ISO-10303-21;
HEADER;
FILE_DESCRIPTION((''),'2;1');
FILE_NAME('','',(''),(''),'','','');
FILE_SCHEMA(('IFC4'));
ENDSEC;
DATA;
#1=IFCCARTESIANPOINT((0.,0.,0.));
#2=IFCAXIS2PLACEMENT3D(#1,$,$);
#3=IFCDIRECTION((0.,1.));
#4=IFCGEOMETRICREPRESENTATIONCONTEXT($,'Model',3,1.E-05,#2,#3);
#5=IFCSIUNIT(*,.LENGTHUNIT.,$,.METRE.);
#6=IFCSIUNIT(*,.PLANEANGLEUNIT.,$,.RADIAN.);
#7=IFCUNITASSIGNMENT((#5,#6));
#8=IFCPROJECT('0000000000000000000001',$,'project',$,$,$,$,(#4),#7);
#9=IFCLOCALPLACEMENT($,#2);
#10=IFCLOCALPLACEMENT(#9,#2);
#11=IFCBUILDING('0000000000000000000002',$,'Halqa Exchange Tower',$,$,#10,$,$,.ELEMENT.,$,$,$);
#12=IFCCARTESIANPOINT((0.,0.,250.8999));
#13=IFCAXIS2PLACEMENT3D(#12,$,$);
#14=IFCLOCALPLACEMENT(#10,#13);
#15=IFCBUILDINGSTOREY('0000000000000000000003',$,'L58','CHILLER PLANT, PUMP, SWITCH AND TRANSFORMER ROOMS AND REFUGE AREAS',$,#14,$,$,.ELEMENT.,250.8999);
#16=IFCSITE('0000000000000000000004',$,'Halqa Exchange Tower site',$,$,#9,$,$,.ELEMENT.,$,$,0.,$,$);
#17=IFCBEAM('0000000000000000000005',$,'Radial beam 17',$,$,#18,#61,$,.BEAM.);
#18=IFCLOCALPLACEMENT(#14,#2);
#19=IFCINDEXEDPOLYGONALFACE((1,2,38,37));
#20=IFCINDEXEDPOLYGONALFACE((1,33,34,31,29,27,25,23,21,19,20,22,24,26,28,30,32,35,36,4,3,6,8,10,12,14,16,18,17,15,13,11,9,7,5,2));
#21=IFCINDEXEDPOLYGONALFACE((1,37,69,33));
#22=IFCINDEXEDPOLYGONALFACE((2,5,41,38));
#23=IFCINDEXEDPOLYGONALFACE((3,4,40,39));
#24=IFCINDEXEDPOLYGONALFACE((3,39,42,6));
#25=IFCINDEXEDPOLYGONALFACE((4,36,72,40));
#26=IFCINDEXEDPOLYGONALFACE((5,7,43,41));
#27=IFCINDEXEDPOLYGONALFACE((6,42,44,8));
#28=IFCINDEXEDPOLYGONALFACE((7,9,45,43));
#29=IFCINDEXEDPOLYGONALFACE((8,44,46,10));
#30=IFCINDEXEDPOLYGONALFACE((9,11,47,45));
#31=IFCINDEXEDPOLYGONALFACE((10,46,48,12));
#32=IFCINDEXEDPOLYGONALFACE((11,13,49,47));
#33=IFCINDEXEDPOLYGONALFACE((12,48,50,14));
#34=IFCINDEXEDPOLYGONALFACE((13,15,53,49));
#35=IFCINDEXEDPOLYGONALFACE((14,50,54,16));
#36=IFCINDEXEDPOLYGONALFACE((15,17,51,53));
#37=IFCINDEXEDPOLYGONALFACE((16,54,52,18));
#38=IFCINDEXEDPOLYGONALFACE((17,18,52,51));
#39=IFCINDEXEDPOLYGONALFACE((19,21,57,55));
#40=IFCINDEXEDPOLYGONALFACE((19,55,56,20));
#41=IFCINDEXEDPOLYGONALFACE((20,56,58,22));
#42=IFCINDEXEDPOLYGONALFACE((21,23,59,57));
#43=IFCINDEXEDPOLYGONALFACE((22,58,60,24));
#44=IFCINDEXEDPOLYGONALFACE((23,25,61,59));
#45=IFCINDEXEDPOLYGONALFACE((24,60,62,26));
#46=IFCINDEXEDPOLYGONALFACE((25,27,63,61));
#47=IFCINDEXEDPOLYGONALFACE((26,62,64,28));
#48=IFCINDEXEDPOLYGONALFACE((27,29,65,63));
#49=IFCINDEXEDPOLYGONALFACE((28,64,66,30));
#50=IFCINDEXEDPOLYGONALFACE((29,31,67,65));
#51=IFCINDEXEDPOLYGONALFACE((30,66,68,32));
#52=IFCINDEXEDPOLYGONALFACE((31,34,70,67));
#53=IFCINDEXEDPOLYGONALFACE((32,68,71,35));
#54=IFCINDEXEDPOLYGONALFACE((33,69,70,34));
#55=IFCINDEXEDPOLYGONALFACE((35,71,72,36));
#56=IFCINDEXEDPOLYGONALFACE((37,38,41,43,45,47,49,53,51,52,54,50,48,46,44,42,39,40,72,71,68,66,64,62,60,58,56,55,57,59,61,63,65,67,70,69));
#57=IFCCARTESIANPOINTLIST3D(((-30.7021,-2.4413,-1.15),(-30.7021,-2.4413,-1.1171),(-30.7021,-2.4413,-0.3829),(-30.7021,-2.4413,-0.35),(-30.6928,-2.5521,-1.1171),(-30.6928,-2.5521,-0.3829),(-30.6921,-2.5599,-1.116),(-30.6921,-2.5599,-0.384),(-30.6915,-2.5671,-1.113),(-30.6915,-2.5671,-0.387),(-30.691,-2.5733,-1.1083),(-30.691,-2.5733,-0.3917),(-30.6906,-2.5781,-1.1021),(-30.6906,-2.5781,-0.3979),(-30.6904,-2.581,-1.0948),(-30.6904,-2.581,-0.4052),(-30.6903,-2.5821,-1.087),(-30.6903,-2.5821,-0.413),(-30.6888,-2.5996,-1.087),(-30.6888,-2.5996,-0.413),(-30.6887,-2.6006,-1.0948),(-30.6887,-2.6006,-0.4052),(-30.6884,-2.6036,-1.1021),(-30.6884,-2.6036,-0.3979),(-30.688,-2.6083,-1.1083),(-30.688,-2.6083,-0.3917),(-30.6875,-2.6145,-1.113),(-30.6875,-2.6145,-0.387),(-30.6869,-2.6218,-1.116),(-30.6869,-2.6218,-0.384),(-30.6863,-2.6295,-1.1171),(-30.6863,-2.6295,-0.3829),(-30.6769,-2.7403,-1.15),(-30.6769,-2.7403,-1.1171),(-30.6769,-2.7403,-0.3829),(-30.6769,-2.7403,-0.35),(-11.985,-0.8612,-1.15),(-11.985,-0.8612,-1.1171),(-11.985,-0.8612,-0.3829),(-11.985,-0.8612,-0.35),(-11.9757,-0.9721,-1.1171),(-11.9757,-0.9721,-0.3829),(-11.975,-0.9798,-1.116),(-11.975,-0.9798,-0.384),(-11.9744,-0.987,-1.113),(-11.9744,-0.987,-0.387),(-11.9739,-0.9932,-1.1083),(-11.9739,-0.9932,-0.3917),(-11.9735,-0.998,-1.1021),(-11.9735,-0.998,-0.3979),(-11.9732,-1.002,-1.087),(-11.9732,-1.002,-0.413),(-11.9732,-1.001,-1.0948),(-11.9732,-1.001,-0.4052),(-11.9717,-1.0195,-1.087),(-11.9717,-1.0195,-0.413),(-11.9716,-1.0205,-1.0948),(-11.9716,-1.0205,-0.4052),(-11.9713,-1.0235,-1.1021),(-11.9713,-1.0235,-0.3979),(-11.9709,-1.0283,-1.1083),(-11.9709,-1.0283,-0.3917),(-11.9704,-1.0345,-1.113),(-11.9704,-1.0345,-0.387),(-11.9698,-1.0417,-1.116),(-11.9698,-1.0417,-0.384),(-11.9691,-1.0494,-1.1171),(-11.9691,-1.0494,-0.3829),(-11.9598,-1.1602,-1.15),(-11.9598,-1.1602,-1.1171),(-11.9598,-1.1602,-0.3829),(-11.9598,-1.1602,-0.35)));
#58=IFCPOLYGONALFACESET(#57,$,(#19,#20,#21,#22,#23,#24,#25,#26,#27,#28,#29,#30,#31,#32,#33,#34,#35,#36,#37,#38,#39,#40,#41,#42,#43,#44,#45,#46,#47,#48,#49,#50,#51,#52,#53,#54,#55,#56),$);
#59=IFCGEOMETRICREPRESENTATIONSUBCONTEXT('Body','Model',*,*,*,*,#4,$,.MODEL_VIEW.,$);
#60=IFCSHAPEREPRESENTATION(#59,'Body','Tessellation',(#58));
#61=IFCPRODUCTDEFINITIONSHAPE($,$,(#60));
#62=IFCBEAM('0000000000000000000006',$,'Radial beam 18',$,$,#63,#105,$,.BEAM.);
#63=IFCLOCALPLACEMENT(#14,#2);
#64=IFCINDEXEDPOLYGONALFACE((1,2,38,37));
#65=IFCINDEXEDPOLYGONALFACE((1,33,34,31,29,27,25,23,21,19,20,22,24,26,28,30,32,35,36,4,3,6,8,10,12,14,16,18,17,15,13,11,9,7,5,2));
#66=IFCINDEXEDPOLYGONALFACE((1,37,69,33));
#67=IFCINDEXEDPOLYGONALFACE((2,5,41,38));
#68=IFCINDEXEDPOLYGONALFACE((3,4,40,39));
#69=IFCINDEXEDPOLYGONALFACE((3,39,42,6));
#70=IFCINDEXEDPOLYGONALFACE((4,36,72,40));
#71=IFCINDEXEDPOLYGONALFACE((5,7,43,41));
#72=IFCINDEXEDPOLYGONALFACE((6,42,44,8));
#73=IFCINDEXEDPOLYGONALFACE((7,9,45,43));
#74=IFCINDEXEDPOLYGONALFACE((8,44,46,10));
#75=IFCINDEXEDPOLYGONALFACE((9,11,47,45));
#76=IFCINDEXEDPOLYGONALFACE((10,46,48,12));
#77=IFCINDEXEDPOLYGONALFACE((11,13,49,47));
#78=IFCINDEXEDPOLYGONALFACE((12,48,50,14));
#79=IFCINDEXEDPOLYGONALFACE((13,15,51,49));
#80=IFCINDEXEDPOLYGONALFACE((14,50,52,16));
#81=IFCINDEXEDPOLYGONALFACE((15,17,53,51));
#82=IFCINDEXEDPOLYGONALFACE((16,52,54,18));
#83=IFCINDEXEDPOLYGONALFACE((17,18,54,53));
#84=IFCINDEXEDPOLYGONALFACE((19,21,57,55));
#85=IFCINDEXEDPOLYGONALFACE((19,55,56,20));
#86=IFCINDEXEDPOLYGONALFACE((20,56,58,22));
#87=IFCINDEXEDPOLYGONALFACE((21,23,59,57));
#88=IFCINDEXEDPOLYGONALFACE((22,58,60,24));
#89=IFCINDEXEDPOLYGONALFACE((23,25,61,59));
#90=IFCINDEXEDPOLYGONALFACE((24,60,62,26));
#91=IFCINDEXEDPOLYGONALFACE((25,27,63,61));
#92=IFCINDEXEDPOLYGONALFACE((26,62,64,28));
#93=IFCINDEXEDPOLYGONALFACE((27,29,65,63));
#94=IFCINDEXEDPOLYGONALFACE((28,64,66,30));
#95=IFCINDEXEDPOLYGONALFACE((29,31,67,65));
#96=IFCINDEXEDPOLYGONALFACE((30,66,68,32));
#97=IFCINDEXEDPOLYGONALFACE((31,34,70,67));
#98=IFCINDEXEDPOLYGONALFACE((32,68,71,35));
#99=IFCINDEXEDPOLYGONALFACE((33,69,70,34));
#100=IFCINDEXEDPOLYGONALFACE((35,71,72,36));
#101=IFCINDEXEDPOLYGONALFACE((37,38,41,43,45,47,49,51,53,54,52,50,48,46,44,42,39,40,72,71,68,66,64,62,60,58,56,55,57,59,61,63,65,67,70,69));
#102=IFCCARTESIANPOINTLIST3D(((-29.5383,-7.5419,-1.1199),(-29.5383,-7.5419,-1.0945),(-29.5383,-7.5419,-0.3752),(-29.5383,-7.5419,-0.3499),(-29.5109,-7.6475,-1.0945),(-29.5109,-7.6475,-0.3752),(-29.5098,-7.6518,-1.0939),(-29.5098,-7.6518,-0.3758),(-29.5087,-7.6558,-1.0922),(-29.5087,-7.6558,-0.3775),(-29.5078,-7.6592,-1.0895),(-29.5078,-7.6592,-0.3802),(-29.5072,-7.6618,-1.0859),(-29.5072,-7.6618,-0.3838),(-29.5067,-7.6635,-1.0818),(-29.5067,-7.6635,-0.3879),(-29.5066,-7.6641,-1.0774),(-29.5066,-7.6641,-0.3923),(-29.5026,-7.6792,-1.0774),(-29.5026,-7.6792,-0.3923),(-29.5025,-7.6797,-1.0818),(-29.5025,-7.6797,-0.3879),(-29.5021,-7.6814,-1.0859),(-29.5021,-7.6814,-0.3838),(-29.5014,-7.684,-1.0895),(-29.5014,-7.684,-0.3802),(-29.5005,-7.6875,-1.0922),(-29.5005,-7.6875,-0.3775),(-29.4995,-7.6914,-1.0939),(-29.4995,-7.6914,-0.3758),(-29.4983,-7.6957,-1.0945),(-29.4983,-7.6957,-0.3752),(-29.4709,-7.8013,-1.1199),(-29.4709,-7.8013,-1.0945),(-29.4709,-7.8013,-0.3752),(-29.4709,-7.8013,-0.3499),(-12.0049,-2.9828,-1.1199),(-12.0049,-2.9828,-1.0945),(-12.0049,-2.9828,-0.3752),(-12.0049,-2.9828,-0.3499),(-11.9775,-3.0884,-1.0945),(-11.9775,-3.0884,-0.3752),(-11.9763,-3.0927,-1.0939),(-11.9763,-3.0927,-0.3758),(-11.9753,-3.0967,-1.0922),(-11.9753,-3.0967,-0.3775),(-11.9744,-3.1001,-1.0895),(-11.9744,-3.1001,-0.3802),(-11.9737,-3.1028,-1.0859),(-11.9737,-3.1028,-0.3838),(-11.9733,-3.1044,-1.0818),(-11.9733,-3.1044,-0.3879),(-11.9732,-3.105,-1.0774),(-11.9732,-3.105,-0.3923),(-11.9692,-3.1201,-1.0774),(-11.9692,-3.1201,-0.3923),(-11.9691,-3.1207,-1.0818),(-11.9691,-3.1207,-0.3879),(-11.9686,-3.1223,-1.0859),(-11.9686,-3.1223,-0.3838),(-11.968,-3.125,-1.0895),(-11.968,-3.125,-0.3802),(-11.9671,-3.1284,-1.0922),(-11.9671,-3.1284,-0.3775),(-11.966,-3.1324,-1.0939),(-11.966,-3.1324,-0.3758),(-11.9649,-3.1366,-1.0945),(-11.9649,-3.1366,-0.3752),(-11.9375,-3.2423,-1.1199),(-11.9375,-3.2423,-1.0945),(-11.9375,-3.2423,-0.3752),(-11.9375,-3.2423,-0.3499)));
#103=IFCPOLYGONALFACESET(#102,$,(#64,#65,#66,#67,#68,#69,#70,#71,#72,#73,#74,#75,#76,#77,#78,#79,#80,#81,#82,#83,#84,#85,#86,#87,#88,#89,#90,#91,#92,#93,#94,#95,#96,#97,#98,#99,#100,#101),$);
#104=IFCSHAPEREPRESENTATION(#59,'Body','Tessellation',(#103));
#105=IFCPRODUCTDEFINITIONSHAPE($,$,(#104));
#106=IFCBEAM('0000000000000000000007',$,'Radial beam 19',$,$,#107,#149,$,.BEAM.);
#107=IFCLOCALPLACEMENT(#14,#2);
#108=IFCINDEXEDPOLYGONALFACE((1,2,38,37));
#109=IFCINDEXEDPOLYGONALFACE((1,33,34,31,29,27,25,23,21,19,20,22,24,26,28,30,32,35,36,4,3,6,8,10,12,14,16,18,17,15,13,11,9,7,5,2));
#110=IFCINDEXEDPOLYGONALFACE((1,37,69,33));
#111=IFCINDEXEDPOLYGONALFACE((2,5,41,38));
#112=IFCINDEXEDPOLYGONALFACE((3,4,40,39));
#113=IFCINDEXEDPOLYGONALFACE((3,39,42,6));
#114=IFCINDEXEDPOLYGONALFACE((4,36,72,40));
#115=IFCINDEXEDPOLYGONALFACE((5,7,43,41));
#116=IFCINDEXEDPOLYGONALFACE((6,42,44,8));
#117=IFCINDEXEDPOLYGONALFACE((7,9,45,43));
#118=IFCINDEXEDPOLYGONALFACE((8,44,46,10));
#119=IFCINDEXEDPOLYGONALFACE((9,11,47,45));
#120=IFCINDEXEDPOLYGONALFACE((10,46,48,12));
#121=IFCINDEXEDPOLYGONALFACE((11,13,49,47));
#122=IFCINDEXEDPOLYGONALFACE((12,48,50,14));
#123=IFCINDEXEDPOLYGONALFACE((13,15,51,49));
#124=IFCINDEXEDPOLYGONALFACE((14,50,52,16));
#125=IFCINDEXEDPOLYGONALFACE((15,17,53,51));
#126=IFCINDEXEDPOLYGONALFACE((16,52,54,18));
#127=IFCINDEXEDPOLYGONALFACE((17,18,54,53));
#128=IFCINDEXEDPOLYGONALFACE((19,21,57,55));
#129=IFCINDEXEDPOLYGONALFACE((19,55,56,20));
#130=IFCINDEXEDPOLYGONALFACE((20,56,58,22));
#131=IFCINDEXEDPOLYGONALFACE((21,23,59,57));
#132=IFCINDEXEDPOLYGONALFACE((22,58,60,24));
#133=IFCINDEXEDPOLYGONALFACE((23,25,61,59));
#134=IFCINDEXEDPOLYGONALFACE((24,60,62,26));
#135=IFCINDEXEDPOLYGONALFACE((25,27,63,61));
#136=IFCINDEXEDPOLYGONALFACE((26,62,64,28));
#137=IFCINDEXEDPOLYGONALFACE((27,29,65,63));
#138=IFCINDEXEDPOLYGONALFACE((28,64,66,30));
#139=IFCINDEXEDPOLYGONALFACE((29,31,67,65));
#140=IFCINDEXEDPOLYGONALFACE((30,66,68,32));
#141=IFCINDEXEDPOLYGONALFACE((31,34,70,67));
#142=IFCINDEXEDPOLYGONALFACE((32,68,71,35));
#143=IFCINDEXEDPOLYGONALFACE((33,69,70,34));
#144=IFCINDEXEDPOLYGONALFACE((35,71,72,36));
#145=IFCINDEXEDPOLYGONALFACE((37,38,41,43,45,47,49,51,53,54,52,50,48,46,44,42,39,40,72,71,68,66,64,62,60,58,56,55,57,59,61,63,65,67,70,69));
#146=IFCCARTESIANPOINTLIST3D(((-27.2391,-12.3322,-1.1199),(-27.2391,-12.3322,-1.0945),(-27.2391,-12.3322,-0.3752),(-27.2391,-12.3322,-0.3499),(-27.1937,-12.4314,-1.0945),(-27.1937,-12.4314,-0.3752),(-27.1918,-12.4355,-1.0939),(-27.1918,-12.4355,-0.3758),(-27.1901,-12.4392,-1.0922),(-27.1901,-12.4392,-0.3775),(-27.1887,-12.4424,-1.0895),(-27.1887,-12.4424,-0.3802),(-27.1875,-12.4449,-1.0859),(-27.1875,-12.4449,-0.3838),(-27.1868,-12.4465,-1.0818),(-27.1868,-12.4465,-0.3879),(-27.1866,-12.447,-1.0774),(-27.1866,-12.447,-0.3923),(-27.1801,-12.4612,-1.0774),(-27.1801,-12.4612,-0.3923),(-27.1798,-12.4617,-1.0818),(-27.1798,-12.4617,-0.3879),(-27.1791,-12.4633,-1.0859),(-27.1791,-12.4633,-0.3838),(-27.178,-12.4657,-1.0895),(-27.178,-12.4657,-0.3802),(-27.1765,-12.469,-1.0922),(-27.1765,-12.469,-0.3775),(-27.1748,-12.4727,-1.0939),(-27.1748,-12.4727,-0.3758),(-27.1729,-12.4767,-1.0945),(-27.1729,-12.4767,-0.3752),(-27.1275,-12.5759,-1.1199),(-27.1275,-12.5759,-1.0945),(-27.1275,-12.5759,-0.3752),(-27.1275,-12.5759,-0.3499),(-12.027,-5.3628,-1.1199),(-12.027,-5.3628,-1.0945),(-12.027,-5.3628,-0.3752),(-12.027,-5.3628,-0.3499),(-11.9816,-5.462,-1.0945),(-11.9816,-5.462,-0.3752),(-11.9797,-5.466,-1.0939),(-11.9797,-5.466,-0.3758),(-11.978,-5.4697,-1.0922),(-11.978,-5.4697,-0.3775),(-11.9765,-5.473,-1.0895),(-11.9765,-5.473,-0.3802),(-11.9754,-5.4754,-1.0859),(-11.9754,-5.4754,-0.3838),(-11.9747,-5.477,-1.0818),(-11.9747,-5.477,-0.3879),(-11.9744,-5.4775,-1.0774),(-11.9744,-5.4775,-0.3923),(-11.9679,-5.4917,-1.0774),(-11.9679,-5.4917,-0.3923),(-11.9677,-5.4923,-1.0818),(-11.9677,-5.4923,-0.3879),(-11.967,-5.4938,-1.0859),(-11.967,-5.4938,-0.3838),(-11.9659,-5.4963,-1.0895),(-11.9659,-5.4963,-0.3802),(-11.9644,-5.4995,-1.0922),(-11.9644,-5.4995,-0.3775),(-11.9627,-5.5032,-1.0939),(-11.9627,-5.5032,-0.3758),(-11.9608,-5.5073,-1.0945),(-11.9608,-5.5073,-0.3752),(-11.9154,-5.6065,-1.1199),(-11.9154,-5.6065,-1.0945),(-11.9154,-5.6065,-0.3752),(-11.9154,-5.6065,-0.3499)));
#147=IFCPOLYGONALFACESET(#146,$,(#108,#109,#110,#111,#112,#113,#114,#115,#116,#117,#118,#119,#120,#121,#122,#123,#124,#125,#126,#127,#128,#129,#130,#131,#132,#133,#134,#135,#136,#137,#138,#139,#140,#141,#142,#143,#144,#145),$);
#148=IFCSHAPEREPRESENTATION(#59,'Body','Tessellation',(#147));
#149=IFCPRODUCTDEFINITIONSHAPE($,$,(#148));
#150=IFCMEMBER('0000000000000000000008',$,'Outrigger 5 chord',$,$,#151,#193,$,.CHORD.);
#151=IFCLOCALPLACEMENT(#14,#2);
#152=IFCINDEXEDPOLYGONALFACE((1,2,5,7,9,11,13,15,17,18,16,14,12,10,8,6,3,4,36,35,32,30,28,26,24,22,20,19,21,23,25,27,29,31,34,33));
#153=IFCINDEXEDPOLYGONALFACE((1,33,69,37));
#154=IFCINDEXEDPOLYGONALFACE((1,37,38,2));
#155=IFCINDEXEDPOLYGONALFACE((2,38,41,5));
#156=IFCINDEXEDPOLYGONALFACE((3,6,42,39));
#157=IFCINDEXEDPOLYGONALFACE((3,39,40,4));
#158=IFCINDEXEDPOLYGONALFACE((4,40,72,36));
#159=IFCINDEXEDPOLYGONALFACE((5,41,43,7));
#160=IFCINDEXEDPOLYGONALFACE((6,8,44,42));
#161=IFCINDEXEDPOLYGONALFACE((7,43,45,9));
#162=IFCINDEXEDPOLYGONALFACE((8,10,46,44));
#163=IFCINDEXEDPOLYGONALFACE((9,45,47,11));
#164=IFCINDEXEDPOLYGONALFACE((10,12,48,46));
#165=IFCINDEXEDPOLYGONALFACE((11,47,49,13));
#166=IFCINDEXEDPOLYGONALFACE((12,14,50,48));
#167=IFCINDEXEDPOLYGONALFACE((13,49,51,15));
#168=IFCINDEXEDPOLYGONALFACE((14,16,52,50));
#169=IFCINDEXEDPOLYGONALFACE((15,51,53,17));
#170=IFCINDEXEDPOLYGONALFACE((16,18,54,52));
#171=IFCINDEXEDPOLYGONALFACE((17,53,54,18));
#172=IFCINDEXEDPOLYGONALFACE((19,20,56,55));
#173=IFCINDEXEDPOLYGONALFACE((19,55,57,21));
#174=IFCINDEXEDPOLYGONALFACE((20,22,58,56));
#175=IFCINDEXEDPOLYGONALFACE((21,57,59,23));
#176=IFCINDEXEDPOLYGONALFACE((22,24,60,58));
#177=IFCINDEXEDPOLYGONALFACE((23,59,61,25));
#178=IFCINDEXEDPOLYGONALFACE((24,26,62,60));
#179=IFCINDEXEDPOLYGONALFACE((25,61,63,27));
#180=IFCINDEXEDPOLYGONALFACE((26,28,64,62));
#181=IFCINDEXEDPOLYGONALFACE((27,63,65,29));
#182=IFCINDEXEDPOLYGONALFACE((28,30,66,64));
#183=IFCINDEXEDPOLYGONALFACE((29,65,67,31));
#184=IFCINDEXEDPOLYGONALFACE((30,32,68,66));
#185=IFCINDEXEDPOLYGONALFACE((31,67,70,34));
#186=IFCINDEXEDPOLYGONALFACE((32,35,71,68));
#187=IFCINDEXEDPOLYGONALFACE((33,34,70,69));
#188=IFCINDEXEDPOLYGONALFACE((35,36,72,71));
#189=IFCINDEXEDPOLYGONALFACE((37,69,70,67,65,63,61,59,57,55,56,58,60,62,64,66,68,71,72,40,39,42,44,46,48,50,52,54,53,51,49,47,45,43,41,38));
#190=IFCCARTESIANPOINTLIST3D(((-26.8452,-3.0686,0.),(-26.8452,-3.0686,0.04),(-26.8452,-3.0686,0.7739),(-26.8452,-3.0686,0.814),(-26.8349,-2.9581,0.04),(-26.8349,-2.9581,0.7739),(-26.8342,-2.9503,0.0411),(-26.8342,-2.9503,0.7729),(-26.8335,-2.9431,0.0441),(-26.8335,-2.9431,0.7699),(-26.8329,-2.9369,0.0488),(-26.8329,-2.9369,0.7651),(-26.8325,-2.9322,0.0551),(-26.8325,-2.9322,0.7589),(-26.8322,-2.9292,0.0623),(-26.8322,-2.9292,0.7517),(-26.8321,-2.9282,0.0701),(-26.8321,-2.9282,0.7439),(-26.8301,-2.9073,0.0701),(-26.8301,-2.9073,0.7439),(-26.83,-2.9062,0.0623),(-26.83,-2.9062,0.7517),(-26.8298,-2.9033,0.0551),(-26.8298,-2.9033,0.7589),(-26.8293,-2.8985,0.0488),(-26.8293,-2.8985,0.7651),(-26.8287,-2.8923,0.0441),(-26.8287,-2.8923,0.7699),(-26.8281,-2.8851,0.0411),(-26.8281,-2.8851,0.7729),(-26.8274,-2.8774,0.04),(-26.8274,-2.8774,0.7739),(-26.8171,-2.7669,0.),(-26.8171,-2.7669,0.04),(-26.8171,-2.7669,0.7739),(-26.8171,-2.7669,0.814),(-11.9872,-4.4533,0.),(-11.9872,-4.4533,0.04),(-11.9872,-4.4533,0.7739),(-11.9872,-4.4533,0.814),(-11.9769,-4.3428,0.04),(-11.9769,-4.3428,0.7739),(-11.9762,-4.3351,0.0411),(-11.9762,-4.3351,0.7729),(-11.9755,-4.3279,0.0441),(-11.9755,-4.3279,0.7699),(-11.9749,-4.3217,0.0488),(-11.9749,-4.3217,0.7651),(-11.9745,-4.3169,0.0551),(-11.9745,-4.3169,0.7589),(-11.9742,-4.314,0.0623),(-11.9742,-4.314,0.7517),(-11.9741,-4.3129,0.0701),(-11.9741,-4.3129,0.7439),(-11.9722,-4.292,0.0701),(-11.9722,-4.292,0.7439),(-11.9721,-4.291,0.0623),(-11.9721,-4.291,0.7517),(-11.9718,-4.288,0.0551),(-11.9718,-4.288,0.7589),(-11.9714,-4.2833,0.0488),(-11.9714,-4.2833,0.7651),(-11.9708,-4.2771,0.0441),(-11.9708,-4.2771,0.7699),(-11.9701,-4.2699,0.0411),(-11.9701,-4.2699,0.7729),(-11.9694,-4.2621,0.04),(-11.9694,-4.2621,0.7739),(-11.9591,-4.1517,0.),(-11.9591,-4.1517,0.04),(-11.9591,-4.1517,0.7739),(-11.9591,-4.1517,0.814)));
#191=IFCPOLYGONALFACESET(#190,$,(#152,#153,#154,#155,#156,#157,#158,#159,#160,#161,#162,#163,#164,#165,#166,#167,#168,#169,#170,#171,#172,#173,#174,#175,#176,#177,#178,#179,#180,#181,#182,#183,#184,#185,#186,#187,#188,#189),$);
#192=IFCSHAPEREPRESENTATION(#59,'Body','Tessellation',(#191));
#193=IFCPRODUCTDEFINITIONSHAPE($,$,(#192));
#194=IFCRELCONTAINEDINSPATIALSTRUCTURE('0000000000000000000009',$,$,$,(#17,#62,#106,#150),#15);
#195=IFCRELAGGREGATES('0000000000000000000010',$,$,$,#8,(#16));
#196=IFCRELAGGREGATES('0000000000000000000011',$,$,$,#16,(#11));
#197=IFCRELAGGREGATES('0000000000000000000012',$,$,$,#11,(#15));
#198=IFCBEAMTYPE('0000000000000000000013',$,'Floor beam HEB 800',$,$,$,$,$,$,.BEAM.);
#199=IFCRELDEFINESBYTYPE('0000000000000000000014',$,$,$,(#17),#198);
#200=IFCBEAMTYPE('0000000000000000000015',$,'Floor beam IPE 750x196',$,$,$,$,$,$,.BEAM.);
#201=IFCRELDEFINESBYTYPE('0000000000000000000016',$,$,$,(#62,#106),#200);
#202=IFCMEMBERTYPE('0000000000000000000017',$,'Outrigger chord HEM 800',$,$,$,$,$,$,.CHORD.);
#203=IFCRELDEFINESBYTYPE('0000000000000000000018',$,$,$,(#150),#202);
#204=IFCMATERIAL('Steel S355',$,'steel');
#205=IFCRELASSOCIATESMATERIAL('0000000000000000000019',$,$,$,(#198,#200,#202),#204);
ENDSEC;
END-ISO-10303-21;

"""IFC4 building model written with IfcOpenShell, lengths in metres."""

from ifc_helpers import new_model, si_unit, direction, frame, origin, origin_2d, place, context, subcontext, project, spatial, i_section, extrude, material, material_profile, profile_set, type_object, element, save


model = new_model("IFC4")

# Units and contexts
model_context = context("Model", 3, precision=1e-05, world=origin(), true_north=direction((0.0, 1.0)))
body_context = subcontext(model_context, "Body", "Model", "MODEL_VIEW")
ifc_project = project(units=[si_unit("LENGTHUNIT", "METRE"), si_unit("PLANEANGLEUNIT", "RADIAN")], contexts=[model_context])

# Site, building, storey
site_placement = place(None, origin())
site = spatial("IfcSite", under=ifc_project, at=site_placement, Name="Halqa Exchange Tower site", CompositionType="ELEMENT", RefElevation=0.0)
building_placement = place(site_placement, origin())
building = spatial("IfcBuilding", under=site, at=building_placement, Name="Halqa Exchange Tower", CompositionType="ELEMENT")
storey_placement = place(building_placement, frame((0.0, 0.0, 250.8999)))
storey = spatial("IfcBuildingStorey", under=building, at=storey_placement, Name="L58", Description="CHILLER PLANT, PUMP, SWITCH AND TRANSFORMER ROOMS AND REFUGE AREAS", CompositionType="ELEMENT", Elevation=250.8999)

# Beams
ifc_material_1 = material(Name="Steel S355", Category="steel")
ifc_material_profile_1 = material_profile(ifc_material_1, i_section(OverallWidth=0.3, OverallDepth=0.8, WebThickness=0.0176, FlangeThickness=0.033, FilletRadius=0.03, at=origin_2d()), Name="HEB 800")
ifc_profile_set_1 = profile_set([ifc_material_profile_1], Name="Steel S355")
beam_type_1 = type_object("IfcBeamType", Name="Floor beam HEB 800", PredefinedType="BEAM", material=ifc_profile_set_1)
beam_1_placement = place(storey_placement, frame((-11.9724, -1.0107, -0.75), z_axis=(-0.996456, -0.08412, 0.0), x_axis=(0.08412, -0.996456, 0.0)))
element("IfcBeam", 1, at=beam_1_placement, inside=storey, type_object=beam_type_1, Name="Radial beam 17", PredefinedType="BEAM", context=body_context, shape_type="SweptSolid", body=[
    extrude(i_section(OverallWidth=0.3, OverallDepth=0.8, WebThickness=0.0176, FlangeThickness=0.033, FilletRadius=0.03, at=origin_2d()), origin(), (0.0, 0.0, 1.0), 18.7837),
])
ifc_material_profile_2 = material_profile(ifc_material_1, i_section(OverallWidth=0.2681, OverallDepth=0.77, WebThickness=0.0156, FlangeThickness=0.0254, FilletRadius=0.0171, at=origin_2d()), Name="IPE 750x196")
ifc_profile_set_2 = profile_set([ifc_material_profile_2], Name="Steel S355")
beam_type_2 = type_object("IfcBeamType", Name="Floor beam IPE 750x196", PredefinedType="BEAM", material=ifc_profile_set_2)
beam_2_placement = place(storey_placement, frame((-11.9712, -3.1125, -0.7349), z_axis=(-0.967817, -0.251654, 0.0), x_axis=(0.251654, -0.967817, 0.0)))
element("IfcBeam", 2, at=beam_2_placement, inside=storey, type_object=beam_type_2, Name="Radial beam 18", PredefinedType="BEAM", context=body_context, shape_type="SweptSolid", body=[
    extrude(i_section(OverallWidth=0.2681, OverallDepth=0.77, WebThickness=0.0156, FlangeThickness=0.0254, FilletRadius=0.0171, at=origin_2d()), origin(), (0.0, 0.0, 1.0), 18.1165),
])
beam_3_placement = place(storey_placement, frame((-11.9712, -5.4846, -0.7349), z_axis=(-0.909127, -0.416519, 0.0), x_axis=(0.416519, -0.909127, 0.0)))
element("IfcBeam", 3, at=beam_3_placement, inside=storey, type_object=beam_type_2, Name="Radial beam 19", PredefinedType="BEAM", context=body_context, shape_type="SweptSolid", body=[
    extrude(i_section(OverallWidth=0.2681, OverallDepth=0.77, WebThickness=0.0156, FlangeThickness=0.0254, FilletRadius=0.0171, at=origin_2d()), origin(), (0.0, 0.0, 1.0), 16.7327),
])

# Member
ifc_material_profile_3 = material_profile(ifc_material_1, i_section(OverallWidth=0.303, OverallDepth=0.814, WebThickness=0.021, FlangeThickness=0.04, FilletRadius=0.03, at=origin_2d()), Name="HEM 800")
ifc_profile_set_3 = profile_set([ifc_material_profile_3], Name="Steel S355")
member_type_1 = type_object("IfcMemberType", Name="Outrigger chord HEM 800", PredefinedType="CHORD", material=ifc_profile_set_3)
member_1_placement = place(storey_placement, frame((-11.9731, -4.3025, 0.407), z_axis=(-0.995685, 0.092798, 0.0), x_axis=(-0.092798, -0.995685, 0.0)))
element("IfcMember", 4, at=member_1_placement, inside=storey, type_object=member_type_1, Name="Outrigger 5 chord", PredefinedType="CHORD", context=body_context, shape_type="SweptSolid", body=[
    extrude(i_section(OverallWidth=0.303, OverallDepth=0.814, WebThickness=0.021, FlangeThickness=0.04, FilletRadius=0.03, at=origin_2d()), origin(), (0.0, 0.0, 1.0), 14.9224),
])

save(model, "model.ifc")
